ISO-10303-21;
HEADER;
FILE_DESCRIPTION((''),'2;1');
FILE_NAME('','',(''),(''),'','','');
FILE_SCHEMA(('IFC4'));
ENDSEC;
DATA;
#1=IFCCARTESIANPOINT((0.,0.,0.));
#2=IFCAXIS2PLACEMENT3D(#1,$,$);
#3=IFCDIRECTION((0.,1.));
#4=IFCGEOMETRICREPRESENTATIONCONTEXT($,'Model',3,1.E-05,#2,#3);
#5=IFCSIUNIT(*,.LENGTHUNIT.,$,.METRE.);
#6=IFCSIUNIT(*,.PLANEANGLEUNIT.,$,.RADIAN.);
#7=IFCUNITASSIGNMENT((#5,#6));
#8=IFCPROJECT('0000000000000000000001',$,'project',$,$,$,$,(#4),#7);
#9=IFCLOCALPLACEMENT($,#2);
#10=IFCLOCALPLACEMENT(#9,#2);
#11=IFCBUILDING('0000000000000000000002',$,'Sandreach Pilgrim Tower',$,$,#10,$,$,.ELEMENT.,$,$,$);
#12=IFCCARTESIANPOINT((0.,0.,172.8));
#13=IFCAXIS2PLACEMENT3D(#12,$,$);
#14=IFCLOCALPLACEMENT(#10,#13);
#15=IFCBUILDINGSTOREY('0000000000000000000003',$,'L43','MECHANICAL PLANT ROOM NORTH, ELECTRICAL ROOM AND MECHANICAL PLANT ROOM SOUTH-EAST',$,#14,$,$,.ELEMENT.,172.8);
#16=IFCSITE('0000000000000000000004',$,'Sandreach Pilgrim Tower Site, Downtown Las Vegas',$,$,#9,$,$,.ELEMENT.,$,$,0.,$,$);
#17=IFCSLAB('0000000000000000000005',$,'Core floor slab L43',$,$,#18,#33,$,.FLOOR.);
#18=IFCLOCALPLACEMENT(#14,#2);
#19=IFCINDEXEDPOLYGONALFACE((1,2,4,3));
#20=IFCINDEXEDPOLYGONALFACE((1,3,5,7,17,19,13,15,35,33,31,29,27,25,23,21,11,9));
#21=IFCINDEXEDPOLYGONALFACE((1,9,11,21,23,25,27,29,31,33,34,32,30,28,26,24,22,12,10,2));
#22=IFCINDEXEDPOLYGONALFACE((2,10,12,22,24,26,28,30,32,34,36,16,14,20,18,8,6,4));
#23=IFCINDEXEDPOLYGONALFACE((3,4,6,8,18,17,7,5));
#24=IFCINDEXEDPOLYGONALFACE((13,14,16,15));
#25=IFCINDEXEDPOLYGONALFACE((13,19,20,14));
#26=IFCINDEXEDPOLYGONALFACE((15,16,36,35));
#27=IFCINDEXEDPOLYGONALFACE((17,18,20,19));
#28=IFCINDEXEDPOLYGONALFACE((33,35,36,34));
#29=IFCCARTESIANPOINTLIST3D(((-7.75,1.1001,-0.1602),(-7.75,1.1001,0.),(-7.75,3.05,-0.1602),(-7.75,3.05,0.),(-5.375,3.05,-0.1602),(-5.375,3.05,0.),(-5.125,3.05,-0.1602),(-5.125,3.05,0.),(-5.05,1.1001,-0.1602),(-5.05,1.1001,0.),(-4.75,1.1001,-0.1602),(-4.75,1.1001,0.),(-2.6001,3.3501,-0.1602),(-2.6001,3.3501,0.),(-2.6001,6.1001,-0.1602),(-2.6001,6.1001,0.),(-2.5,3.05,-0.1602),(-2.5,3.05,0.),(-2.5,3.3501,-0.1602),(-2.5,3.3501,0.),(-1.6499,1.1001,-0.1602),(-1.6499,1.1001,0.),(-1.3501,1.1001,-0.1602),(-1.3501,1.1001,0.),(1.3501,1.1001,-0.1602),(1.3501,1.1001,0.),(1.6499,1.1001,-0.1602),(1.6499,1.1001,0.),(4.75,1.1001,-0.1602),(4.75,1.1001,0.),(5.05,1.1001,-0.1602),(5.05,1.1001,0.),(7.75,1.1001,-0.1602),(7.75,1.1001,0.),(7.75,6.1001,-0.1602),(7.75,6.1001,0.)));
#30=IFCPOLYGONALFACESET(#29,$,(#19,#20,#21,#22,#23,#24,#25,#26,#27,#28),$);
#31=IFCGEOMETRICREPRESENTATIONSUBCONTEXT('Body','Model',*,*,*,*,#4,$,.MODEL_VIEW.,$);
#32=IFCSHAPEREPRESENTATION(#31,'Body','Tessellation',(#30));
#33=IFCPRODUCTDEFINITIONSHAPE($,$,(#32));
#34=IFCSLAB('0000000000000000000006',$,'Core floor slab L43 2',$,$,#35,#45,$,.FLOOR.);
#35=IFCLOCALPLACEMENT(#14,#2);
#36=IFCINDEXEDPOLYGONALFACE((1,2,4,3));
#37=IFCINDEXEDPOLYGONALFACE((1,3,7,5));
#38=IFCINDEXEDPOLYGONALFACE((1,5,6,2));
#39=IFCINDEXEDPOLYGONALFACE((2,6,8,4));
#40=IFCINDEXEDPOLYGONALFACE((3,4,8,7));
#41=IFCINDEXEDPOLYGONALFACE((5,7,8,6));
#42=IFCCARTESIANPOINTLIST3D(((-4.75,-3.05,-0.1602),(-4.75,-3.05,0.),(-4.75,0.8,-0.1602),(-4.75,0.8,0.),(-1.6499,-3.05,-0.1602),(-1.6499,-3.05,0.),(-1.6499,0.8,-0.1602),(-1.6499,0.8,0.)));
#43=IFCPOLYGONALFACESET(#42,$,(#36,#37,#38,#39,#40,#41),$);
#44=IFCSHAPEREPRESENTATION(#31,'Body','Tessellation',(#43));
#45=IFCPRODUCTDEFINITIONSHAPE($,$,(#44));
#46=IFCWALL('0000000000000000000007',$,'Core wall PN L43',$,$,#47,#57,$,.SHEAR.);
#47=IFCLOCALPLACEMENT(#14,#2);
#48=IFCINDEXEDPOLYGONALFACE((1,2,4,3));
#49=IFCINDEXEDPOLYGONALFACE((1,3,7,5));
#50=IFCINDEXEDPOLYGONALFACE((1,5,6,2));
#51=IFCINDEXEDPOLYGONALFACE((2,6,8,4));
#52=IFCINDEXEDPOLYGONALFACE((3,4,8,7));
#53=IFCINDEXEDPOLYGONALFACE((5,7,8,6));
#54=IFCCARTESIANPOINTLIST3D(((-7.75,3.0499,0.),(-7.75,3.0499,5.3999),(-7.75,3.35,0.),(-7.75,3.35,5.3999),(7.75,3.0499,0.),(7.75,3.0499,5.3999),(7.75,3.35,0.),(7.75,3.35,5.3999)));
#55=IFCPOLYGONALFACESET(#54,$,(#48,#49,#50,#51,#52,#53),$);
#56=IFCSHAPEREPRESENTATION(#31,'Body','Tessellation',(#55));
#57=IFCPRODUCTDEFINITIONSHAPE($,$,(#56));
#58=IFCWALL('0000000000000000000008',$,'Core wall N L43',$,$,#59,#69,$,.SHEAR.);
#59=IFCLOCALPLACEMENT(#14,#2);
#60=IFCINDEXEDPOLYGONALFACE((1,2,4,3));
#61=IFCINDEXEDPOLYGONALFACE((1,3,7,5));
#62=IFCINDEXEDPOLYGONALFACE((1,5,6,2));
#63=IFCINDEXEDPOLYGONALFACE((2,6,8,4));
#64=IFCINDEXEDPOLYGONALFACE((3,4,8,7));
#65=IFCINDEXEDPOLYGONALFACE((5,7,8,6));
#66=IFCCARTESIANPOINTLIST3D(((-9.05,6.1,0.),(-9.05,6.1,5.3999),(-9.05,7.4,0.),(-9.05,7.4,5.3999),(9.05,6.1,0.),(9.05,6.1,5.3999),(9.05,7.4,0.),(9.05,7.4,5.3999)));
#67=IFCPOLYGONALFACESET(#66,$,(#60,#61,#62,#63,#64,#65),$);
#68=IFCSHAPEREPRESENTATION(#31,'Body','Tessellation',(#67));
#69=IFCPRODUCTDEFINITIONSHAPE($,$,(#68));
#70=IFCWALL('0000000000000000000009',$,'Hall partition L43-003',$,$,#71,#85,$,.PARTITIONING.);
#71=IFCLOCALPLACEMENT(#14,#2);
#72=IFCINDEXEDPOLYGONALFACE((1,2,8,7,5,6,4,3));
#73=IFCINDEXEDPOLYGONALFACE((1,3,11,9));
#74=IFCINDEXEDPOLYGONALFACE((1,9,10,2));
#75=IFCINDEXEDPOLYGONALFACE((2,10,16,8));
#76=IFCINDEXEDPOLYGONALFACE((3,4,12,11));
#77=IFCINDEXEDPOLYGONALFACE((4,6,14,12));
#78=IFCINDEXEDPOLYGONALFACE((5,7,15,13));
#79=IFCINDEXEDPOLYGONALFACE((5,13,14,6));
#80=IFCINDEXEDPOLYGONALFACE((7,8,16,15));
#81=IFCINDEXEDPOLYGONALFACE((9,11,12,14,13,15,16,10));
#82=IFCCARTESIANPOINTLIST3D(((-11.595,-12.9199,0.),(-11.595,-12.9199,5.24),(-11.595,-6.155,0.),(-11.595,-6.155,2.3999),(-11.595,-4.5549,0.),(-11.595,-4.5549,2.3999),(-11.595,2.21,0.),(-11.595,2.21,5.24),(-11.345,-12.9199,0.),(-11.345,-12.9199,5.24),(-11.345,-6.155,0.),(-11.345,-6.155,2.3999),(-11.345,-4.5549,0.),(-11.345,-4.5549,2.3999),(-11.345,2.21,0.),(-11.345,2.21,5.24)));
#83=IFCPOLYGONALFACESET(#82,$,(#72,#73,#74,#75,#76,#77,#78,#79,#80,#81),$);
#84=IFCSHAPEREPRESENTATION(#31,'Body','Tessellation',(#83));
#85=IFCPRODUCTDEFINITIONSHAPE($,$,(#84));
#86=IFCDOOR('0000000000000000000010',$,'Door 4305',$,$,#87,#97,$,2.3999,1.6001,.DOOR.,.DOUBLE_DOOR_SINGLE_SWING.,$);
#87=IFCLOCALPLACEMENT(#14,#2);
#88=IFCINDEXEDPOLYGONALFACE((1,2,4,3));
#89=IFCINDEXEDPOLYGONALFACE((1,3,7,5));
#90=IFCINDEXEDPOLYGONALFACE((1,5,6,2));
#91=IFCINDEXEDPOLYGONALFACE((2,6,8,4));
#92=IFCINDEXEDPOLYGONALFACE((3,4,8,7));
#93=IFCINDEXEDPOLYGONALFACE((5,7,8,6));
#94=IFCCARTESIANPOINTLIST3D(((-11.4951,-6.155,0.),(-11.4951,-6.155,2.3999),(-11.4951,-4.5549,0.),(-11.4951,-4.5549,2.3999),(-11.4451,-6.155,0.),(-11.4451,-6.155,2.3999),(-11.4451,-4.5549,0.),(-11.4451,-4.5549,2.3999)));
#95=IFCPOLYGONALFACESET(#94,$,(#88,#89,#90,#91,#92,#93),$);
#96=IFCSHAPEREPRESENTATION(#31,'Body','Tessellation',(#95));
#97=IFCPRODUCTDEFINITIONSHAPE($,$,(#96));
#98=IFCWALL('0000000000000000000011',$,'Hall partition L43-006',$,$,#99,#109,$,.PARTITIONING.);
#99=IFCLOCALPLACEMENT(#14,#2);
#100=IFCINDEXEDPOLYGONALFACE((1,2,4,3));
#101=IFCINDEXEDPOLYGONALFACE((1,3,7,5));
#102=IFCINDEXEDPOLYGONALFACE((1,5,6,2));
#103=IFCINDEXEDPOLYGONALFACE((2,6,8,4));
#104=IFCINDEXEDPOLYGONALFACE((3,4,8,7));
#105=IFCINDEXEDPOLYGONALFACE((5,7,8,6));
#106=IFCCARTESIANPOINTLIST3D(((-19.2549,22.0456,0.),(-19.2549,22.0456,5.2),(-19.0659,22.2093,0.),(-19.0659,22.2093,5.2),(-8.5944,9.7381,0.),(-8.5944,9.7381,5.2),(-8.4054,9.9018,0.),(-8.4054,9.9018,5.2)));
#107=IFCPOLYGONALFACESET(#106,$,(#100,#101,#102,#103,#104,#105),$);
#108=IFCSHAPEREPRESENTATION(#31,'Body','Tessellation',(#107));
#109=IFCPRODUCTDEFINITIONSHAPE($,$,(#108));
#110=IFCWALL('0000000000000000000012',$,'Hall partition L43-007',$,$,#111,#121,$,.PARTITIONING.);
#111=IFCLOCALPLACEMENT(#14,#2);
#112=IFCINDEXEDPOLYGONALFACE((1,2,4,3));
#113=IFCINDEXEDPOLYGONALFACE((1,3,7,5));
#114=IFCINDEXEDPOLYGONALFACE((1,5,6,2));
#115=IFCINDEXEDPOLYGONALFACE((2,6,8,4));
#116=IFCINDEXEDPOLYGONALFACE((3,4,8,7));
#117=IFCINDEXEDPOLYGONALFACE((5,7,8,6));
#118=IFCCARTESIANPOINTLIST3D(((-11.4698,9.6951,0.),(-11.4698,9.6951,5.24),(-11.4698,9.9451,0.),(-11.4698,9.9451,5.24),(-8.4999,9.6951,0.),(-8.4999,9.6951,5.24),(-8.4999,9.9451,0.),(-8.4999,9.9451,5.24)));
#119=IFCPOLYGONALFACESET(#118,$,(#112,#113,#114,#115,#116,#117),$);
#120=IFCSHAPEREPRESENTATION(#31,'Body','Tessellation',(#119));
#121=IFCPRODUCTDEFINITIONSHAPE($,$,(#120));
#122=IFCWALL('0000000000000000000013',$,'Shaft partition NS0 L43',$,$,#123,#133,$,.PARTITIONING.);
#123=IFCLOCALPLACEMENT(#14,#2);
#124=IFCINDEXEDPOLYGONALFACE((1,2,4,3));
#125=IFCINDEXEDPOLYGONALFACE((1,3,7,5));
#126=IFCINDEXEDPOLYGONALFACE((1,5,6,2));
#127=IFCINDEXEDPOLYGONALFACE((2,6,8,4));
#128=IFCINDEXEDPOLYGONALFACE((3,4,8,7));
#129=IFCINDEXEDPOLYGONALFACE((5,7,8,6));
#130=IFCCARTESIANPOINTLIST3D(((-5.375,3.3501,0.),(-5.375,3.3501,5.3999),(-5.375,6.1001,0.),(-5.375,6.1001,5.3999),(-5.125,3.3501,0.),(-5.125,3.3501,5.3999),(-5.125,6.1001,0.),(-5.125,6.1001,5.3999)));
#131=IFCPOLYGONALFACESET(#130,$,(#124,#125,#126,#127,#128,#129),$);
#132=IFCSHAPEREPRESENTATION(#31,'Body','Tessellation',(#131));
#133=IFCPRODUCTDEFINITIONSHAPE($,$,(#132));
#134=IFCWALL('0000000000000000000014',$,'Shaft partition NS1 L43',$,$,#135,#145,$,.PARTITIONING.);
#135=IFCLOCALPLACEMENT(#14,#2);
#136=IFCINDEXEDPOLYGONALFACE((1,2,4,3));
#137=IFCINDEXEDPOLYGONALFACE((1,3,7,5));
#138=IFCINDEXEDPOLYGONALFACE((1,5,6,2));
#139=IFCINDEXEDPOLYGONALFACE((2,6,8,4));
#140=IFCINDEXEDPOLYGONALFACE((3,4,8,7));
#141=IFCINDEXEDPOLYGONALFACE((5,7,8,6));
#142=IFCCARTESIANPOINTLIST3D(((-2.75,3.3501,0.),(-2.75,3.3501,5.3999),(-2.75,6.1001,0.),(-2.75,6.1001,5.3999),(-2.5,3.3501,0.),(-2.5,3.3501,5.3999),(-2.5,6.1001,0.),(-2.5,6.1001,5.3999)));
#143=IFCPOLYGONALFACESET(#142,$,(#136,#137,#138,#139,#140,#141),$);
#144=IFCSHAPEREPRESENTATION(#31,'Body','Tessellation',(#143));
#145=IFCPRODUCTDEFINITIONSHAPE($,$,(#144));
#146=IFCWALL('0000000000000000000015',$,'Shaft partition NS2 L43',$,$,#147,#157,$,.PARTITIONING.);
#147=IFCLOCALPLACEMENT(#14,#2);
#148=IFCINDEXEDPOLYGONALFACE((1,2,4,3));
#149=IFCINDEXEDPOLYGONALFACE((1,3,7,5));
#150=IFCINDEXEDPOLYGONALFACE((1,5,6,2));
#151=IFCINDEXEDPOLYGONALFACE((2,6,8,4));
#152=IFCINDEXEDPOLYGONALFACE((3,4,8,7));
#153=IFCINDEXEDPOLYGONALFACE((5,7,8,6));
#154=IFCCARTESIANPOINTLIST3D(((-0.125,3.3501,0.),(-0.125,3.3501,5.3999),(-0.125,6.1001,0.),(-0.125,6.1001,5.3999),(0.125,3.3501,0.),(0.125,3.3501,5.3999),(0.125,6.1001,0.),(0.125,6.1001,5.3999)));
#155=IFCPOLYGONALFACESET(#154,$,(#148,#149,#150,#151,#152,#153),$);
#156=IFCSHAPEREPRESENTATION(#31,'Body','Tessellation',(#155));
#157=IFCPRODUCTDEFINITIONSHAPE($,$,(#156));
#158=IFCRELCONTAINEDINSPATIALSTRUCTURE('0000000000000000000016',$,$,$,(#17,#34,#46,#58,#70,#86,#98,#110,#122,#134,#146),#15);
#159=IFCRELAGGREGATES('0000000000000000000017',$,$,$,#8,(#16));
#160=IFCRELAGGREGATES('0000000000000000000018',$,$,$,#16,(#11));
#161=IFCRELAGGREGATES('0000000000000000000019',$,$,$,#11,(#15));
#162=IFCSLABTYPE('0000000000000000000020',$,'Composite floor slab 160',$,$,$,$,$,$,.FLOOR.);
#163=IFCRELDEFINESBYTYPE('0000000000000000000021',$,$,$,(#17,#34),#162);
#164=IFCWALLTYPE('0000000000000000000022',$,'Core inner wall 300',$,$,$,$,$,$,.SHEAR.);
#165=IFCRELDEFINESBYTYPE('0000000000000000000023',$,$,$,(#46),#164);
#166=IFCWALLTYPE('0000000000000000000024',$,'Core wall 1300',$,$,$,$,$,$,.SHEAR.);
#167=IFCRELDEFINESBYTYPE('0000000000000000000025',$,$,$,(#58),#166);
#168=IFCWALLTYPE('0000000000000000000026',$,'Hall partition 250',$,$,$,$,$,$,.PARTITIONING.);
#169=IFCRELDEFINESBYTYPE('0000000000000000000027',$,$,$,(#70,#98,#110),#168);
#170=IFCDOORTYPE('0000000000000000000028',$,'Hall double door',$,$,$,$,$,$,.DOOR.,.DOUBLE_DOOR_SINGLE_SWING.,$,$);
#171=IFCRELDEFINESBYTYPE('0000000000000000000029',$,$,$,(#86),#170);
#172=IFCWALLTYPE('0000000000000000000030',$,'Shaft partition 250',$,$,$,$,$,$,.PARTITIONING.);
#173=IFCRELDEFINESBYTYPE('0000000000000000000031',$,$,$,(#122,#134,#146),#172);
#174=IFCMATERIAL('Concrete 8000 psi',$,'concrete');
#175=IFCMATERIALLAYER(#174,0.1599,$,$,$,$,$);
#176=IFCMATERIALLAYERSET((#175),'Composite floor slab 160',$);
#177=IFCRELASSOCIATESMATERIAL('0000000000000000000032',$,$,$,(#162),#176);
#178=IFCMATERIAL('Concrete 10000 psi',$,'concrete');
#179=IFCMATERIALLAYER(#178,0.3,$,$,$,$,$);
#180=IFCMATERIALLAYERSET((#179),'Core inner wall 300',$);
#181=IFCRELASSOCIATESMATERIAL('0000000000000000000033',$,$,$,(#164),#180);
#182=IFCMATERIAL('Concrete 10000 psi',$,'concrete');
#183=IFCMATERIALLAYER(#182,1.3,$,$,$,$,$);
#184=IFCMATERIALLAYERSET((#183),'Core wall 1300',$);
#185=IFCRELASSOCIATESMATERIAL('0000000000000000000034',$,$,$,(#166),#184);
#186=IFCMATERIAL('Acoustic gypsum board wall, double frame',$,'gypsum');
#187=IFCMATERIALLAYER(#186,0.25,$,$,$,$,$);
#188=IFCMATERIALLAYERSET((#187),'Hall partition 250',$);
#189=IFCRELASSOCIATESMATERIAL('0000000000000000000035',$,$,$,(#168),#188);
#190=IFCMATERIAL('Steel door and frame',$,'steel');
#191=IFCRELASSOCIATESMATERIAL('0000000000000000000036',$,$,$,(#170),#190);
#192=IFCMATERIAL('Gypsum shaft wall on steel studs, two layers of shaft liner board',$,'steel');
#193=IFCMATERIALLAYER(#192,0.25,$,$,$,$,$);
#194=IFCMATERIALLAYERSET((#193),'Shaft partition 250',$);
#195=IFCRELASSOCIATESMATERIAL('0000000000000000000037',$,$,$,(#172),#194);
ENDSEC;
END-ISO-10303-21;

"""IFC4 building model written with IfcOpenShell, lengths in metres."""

from ifc_helpers import new_model, si_unit, direction, frame, frame_2d, origin, place, context, subcontext, project, spatial, polyline, rectangle, outline, extrude, material, layer, layer_set, type_object, element, fill, save


model = new_model("IFC4")

# Units and contexts
model_context = context("Model", 3, precision=1e-05, world=origin(), true_north=direction((0.0, 1.0)))
body_context = subcontext(model_context, "Body", "Model", "MODEL_VIEW")
ifc_project = project(units=[si_unit("LENGTHUNIT", "METRE"), si_unit("PLANEANGLEUNIT", "RADIAN")], contexts=[model_context])

# Site, building, storey
site_placement = place(None, origin())
site = spatial("IfcSite", under=ifc_project, at=site_placement, Name="Sandreach Pilgrim Tower Site, Downtown Las Vegas", CompositionType="ELEMENT", RefElevation=0.0)
building_placement = place(site_placement, origin())
building = spatial("IfcBuilding", under=site, at=building_placement, Name="Sandreach Pilgrim Tower", CompositionType="ELEMENT")
storey_placement = place(building_placement, frame((0.0, 0.0, 172.8)))
storey = spatial("IfcBuildingStorey", under=building, at=storey_placement, Name="L43", Description="MECHANICAL PLANT ROOM NORTH, ELECTRICAL ROOM AND MECHANICAL PLANT ROOM SOUTH-EAST", CompositionType="ELEMENT", Elevation=172.8)

# Slabs
ifc_material_1 = material(Name="Concrete 8000 psi", Category="concrete")
ifc_layer_1 = layer(ifc_material_1, 0.1599)
ifc_layer_set_1 = layer_set([ifc_layer_1], Name="Composite floor slab 160")
slab_type = type_object("IfcSlabType", Name="Composite floor slab 160", PredefinedType="FLOOR", material=ifc_layer_set_1)
slab_1_placement = place(storey_placement, frame((0.0, 0.0, -0.1602)))
element("IfcSlab", 1, at=slab_1_placement, inside=storey, type_object=slab_type, Name="Core floor slab L43", PredefinedType="FLOOR", context=body_context, shape_type="SweptSolid", body=[
    extrude(outline(polyline([(-7.75, 3.05), (-5.375, 3.05), (-5.125, 3.05), (-2.5, 3.05), (-2.5, 3.3501), (-2.6001, 3.3501), (-2.6001, 6.1001), (7.75, 6.1001), (7.75, 1.1001), (5.05, 1.1001), (4.75, 1.1001), (1.6499, 1.1001), (1.3501, 1.1001), (-1.3501, 1.1001), (-1.6499, 1.1001), (-4.75, 1.1001), (-5.05, 1.1001), (-7.75, 1.1001), (-7.75, 3.05)])), origin(), (0.0, 0.0, 1.0), 0.1602),
])
slab_2_placement = place(storey_placement, frame((0.0, 0.0, -0.1602)))
element("IfcSlab", 2, at=slab_2_placement, inside=storey, type_object=slab_type, Name="Core floor slab L43 2", PredefinedType="FLOOR", context=body_context, shape_type="SweptSolid", body=[
    extrude(outline(polyline([(-1.6499, -3.05), (-4.75, -3.05), (-4.75, 0.8), (-1.6499, 0.8), (-1.6499, -3.05)])), origin(), (0.0, 0.0, 1.0), 0.1602),
])

# Shared definitions
ifc_material_2 = material(Name="Concrete 10000 psi", Category="concrete")
ifc_layer_2 = layer(ifc_material_2, 0.3)
ifc_layer_set_2 = layer_set([ifc_layer_2], Name="Core inner wall 300")
wall_type_1 = type_object("IfcWallType", Name="Core inner wall 300", PredefinedType="SHEAR", material=ifc_layer_set_2)

# Walls
wall_1_placement = place(storey_placement, frame((-7.75, 3.2, 0.0), z_axis=(0.0, 0.0, 1.0), x_axis=(1.0, 0.0, 0.0)))
element("IfcWall", 3, at=wall_1_placement, inside=storey, type_object=wall_type_1, Name="Core wall PN L43", PredefinedType="SHEAR", context=body_context, shape_type="SweptSolid", body=[
    extrude(rectangle(XDim=15.5, YDim=0.3, at=frame_2d((7.75, 0.0))), origin(), (0.0, 0.0, 1.0), 5.3999),
])
ifc_material_3 = material(Name="Concrete 10000 psi", Category="concrete")
ifc_layer_3 = layer(ifc_material_3, 1.3)
ifc_layer_set_3 = layer_set([ifc_layer_3], Name="Core wall 1300")
wall_type_2 = type_object("IfcWallType", Name="Core wall 1300", PredefinedType="SHEAR", material=ifc_layer_set_3)
wall_2_placement = place(storey_placement, frame((-9.05, 6.75, 0.0), z_axis=(0.0, 0.0, 1.0), x_axis=(1.0, 0.0, 0.0)))
element("IfcWall", 4, at=wall_2_placement, inside=storey, type_object=wall_type_2, Name="Core wall N L43", PredefinedType="SHEAR", context=body_context, shape_type="SweptSolid", body=[
    extrude(rectangle(XDim=18.1001, YDim=1.3, at=frame_2d((9.05, 0.0))), origin(), (0.0, 0.0, 1.0), 5.3999),
])

# Wall, opening, door
ifc_material_4 = material(Name="Acoustic gypsum board wall, double frame", Category="gypsum")
ifc_layer_4 = layer(ifc_material_4, 0.25)
ifc_layer_set_4 = layer_set([ifc_layer_4], Name="Hall partition 250")
wall_type_3 = type_object("IfcWallType", Name="Hall partition 250", PredefinedType="PARTITIONING", material=ifc_layer_set_4)
wall_3_placement = place(storey_placement, frame((-11.47, 2.21, 0.0), z_axis=(0.0, 0.0, 1.0), x_axis=(0.0, -1.0, 0.0)))
wall_3 = element("IfcWall", 5, at=wall_3_placement, inside=storey, type_object=wall_type_3, Name="Hall partition L43-003", PredefinedType="PARTITIONING", context=body_context, shape_type="SweptSolid", body=[
    extrude(rectangle(XDim=15.1299, YDim=0.25, at=frame_2d((7.5649, 0.0))), origin(), (0.0, 0.0, 1.0), 5.24),
])
opening_1_placement = place(wall_3_placement, frame((6.7649, 0.0, 0.0)))
opening_1 = element("IfcOpeningElement", 6, at=opening_1_placement, cuts=wall_3, PredefinedType="OPENING", context=body_context, shape_type="SweptSolid", body=[
    extrude(rectangle(XDim=1.6001, YDim=2.3999, at=frame_2d((0.8, 1.2))), frame((0.0, 0.125, 0.0), z_axis=(0.0, -1.0, 0.0), x_axis=(1.0, 0.0, 0.0)), (0.0, 0.0, 1.0), 0.25),
])
ifc_material_5 = material(Name="Steel door and frame", Category="steel")
door_type_1 = type_object("IfcDoorType", Name="Hall double door", OperationType="DOUBLE_DOOR_SINGLE_SWING", PredefinedType="DOOR", material=ifc_material_5)
door_1_placement = place(opening_1_placement, origin())
door_1 = element("IfcDoor", 7, at=door_1_placement, inside=storey, type_object=door_type_1, Name="Door 4305", OperationType="DOUBLE_DOOR_SINGLE_SWING", OverallHeight=2.3999, OverallWidth=1.6001, PredefinedType="DOOR", context=body_context, shape_type="SweptSolid", body=[
    extrude(rectangle(XDim=1.6001, YDim=2.3999, at=frame_2d((0.8, 1.2))), frame((0.0, 0.0249, 0.0), z_axis=(0.0, -1.0, 0.0), x_axis=(1.0, 0.0, 0.0)), (0.0, 0.0, 1.0), 0.05),
])
fill(opening_1, door_1)

# Walls
wall_4_placement = place(storey_placement, frame((-8.5, 9.8201, 0.0), z_axis=(0.0, 0.0, 1.0), x_axis=(-0.65472, 0.755871, 0.0)))
element("IfcWall", 8, at=wall_4_placement, inside=storey, type_object=wall_type_3, Name="Hall partition L43-006", PredefinedType="PARTITIONING", context=body_context, shape_type="SweptSolid", body=[
    extrude(rectangle(XDim=16.2825, YDim=0.25, at=frame_2d((8.1411, 0.0))), origin(), (0.0, 0.0, 1.0), 5.2),
])
wall_5_placement = place(storey_placement, frame((-8.5, 9.8201, 0.0), z_axis=(0.0, 0.0, 1.0), x_axis=(-1.0, 0.0, 0.0)))
element("IfcWall", 9, at=wall_5_placement, inside=storey, type_object=wall_type_3, Name="Hall partition L43-007", PredefinedType="PARTITIONING", context=body_context, shape_type="SweptSolid", body=[
    extrude(rectangle(XDim=2.97, YDim=0.25, at=frame_2d((1.4849, 0.0))), origin(), (0.0, 0.0, 1.0), 5.24),
])
ifc_material_6 = material(Name="Gypsum shaft wall on steel studs, two layers of shaft liner board", Category="steel")
ifc_layer_5 = layer(ifc_material_6, 0.25)
ifc_layer_set_5 = layer_set([ifc_layer_5], Name="Shaft partition 250")
wall_type_4 = type_object("IfcWallType", Name="Shaft partition 250", PredefinedType="PARTITIONING", material=ifc_layer_set_5)
for number, where, z_axis, x_axis, name in (
    (10, (-5.25, 3.3501, 0.0), (0.0, 0.0, 1.0), (0.0, 1.0, 0.0), "Shaft partition NS0 L43"),
    (11, (-2.625, 3.3501, 0.0), (0.0, 0.0, 1.0), (0.0, 1.0, 0.0), "Shaft partition NS1 L43"),
    (12, (0.0, 3.3501, 0.0), (0.0, 0.0, 1.0), (0.0, 1.0, 0.0), "Shaft partition NS2 L43"),
):
    element("IfcWall", number, at=place(storey_placement, frame(where, z_axis=z_axis, x_axis=x_axis)), inside=storey, type_object=wall_type_4, Name=name, PredefinedType="PARTITIONING", context=body_context, shape_type="SweptSolid", body=[
        extrude(rectangle(XDim=2.75, YDim=0.25, at=frame_2d((1.375, 0.0))), origin(), (0.0, 0.0, 1.0), 5.3999),
    ])

save(model, "model.ifc")
